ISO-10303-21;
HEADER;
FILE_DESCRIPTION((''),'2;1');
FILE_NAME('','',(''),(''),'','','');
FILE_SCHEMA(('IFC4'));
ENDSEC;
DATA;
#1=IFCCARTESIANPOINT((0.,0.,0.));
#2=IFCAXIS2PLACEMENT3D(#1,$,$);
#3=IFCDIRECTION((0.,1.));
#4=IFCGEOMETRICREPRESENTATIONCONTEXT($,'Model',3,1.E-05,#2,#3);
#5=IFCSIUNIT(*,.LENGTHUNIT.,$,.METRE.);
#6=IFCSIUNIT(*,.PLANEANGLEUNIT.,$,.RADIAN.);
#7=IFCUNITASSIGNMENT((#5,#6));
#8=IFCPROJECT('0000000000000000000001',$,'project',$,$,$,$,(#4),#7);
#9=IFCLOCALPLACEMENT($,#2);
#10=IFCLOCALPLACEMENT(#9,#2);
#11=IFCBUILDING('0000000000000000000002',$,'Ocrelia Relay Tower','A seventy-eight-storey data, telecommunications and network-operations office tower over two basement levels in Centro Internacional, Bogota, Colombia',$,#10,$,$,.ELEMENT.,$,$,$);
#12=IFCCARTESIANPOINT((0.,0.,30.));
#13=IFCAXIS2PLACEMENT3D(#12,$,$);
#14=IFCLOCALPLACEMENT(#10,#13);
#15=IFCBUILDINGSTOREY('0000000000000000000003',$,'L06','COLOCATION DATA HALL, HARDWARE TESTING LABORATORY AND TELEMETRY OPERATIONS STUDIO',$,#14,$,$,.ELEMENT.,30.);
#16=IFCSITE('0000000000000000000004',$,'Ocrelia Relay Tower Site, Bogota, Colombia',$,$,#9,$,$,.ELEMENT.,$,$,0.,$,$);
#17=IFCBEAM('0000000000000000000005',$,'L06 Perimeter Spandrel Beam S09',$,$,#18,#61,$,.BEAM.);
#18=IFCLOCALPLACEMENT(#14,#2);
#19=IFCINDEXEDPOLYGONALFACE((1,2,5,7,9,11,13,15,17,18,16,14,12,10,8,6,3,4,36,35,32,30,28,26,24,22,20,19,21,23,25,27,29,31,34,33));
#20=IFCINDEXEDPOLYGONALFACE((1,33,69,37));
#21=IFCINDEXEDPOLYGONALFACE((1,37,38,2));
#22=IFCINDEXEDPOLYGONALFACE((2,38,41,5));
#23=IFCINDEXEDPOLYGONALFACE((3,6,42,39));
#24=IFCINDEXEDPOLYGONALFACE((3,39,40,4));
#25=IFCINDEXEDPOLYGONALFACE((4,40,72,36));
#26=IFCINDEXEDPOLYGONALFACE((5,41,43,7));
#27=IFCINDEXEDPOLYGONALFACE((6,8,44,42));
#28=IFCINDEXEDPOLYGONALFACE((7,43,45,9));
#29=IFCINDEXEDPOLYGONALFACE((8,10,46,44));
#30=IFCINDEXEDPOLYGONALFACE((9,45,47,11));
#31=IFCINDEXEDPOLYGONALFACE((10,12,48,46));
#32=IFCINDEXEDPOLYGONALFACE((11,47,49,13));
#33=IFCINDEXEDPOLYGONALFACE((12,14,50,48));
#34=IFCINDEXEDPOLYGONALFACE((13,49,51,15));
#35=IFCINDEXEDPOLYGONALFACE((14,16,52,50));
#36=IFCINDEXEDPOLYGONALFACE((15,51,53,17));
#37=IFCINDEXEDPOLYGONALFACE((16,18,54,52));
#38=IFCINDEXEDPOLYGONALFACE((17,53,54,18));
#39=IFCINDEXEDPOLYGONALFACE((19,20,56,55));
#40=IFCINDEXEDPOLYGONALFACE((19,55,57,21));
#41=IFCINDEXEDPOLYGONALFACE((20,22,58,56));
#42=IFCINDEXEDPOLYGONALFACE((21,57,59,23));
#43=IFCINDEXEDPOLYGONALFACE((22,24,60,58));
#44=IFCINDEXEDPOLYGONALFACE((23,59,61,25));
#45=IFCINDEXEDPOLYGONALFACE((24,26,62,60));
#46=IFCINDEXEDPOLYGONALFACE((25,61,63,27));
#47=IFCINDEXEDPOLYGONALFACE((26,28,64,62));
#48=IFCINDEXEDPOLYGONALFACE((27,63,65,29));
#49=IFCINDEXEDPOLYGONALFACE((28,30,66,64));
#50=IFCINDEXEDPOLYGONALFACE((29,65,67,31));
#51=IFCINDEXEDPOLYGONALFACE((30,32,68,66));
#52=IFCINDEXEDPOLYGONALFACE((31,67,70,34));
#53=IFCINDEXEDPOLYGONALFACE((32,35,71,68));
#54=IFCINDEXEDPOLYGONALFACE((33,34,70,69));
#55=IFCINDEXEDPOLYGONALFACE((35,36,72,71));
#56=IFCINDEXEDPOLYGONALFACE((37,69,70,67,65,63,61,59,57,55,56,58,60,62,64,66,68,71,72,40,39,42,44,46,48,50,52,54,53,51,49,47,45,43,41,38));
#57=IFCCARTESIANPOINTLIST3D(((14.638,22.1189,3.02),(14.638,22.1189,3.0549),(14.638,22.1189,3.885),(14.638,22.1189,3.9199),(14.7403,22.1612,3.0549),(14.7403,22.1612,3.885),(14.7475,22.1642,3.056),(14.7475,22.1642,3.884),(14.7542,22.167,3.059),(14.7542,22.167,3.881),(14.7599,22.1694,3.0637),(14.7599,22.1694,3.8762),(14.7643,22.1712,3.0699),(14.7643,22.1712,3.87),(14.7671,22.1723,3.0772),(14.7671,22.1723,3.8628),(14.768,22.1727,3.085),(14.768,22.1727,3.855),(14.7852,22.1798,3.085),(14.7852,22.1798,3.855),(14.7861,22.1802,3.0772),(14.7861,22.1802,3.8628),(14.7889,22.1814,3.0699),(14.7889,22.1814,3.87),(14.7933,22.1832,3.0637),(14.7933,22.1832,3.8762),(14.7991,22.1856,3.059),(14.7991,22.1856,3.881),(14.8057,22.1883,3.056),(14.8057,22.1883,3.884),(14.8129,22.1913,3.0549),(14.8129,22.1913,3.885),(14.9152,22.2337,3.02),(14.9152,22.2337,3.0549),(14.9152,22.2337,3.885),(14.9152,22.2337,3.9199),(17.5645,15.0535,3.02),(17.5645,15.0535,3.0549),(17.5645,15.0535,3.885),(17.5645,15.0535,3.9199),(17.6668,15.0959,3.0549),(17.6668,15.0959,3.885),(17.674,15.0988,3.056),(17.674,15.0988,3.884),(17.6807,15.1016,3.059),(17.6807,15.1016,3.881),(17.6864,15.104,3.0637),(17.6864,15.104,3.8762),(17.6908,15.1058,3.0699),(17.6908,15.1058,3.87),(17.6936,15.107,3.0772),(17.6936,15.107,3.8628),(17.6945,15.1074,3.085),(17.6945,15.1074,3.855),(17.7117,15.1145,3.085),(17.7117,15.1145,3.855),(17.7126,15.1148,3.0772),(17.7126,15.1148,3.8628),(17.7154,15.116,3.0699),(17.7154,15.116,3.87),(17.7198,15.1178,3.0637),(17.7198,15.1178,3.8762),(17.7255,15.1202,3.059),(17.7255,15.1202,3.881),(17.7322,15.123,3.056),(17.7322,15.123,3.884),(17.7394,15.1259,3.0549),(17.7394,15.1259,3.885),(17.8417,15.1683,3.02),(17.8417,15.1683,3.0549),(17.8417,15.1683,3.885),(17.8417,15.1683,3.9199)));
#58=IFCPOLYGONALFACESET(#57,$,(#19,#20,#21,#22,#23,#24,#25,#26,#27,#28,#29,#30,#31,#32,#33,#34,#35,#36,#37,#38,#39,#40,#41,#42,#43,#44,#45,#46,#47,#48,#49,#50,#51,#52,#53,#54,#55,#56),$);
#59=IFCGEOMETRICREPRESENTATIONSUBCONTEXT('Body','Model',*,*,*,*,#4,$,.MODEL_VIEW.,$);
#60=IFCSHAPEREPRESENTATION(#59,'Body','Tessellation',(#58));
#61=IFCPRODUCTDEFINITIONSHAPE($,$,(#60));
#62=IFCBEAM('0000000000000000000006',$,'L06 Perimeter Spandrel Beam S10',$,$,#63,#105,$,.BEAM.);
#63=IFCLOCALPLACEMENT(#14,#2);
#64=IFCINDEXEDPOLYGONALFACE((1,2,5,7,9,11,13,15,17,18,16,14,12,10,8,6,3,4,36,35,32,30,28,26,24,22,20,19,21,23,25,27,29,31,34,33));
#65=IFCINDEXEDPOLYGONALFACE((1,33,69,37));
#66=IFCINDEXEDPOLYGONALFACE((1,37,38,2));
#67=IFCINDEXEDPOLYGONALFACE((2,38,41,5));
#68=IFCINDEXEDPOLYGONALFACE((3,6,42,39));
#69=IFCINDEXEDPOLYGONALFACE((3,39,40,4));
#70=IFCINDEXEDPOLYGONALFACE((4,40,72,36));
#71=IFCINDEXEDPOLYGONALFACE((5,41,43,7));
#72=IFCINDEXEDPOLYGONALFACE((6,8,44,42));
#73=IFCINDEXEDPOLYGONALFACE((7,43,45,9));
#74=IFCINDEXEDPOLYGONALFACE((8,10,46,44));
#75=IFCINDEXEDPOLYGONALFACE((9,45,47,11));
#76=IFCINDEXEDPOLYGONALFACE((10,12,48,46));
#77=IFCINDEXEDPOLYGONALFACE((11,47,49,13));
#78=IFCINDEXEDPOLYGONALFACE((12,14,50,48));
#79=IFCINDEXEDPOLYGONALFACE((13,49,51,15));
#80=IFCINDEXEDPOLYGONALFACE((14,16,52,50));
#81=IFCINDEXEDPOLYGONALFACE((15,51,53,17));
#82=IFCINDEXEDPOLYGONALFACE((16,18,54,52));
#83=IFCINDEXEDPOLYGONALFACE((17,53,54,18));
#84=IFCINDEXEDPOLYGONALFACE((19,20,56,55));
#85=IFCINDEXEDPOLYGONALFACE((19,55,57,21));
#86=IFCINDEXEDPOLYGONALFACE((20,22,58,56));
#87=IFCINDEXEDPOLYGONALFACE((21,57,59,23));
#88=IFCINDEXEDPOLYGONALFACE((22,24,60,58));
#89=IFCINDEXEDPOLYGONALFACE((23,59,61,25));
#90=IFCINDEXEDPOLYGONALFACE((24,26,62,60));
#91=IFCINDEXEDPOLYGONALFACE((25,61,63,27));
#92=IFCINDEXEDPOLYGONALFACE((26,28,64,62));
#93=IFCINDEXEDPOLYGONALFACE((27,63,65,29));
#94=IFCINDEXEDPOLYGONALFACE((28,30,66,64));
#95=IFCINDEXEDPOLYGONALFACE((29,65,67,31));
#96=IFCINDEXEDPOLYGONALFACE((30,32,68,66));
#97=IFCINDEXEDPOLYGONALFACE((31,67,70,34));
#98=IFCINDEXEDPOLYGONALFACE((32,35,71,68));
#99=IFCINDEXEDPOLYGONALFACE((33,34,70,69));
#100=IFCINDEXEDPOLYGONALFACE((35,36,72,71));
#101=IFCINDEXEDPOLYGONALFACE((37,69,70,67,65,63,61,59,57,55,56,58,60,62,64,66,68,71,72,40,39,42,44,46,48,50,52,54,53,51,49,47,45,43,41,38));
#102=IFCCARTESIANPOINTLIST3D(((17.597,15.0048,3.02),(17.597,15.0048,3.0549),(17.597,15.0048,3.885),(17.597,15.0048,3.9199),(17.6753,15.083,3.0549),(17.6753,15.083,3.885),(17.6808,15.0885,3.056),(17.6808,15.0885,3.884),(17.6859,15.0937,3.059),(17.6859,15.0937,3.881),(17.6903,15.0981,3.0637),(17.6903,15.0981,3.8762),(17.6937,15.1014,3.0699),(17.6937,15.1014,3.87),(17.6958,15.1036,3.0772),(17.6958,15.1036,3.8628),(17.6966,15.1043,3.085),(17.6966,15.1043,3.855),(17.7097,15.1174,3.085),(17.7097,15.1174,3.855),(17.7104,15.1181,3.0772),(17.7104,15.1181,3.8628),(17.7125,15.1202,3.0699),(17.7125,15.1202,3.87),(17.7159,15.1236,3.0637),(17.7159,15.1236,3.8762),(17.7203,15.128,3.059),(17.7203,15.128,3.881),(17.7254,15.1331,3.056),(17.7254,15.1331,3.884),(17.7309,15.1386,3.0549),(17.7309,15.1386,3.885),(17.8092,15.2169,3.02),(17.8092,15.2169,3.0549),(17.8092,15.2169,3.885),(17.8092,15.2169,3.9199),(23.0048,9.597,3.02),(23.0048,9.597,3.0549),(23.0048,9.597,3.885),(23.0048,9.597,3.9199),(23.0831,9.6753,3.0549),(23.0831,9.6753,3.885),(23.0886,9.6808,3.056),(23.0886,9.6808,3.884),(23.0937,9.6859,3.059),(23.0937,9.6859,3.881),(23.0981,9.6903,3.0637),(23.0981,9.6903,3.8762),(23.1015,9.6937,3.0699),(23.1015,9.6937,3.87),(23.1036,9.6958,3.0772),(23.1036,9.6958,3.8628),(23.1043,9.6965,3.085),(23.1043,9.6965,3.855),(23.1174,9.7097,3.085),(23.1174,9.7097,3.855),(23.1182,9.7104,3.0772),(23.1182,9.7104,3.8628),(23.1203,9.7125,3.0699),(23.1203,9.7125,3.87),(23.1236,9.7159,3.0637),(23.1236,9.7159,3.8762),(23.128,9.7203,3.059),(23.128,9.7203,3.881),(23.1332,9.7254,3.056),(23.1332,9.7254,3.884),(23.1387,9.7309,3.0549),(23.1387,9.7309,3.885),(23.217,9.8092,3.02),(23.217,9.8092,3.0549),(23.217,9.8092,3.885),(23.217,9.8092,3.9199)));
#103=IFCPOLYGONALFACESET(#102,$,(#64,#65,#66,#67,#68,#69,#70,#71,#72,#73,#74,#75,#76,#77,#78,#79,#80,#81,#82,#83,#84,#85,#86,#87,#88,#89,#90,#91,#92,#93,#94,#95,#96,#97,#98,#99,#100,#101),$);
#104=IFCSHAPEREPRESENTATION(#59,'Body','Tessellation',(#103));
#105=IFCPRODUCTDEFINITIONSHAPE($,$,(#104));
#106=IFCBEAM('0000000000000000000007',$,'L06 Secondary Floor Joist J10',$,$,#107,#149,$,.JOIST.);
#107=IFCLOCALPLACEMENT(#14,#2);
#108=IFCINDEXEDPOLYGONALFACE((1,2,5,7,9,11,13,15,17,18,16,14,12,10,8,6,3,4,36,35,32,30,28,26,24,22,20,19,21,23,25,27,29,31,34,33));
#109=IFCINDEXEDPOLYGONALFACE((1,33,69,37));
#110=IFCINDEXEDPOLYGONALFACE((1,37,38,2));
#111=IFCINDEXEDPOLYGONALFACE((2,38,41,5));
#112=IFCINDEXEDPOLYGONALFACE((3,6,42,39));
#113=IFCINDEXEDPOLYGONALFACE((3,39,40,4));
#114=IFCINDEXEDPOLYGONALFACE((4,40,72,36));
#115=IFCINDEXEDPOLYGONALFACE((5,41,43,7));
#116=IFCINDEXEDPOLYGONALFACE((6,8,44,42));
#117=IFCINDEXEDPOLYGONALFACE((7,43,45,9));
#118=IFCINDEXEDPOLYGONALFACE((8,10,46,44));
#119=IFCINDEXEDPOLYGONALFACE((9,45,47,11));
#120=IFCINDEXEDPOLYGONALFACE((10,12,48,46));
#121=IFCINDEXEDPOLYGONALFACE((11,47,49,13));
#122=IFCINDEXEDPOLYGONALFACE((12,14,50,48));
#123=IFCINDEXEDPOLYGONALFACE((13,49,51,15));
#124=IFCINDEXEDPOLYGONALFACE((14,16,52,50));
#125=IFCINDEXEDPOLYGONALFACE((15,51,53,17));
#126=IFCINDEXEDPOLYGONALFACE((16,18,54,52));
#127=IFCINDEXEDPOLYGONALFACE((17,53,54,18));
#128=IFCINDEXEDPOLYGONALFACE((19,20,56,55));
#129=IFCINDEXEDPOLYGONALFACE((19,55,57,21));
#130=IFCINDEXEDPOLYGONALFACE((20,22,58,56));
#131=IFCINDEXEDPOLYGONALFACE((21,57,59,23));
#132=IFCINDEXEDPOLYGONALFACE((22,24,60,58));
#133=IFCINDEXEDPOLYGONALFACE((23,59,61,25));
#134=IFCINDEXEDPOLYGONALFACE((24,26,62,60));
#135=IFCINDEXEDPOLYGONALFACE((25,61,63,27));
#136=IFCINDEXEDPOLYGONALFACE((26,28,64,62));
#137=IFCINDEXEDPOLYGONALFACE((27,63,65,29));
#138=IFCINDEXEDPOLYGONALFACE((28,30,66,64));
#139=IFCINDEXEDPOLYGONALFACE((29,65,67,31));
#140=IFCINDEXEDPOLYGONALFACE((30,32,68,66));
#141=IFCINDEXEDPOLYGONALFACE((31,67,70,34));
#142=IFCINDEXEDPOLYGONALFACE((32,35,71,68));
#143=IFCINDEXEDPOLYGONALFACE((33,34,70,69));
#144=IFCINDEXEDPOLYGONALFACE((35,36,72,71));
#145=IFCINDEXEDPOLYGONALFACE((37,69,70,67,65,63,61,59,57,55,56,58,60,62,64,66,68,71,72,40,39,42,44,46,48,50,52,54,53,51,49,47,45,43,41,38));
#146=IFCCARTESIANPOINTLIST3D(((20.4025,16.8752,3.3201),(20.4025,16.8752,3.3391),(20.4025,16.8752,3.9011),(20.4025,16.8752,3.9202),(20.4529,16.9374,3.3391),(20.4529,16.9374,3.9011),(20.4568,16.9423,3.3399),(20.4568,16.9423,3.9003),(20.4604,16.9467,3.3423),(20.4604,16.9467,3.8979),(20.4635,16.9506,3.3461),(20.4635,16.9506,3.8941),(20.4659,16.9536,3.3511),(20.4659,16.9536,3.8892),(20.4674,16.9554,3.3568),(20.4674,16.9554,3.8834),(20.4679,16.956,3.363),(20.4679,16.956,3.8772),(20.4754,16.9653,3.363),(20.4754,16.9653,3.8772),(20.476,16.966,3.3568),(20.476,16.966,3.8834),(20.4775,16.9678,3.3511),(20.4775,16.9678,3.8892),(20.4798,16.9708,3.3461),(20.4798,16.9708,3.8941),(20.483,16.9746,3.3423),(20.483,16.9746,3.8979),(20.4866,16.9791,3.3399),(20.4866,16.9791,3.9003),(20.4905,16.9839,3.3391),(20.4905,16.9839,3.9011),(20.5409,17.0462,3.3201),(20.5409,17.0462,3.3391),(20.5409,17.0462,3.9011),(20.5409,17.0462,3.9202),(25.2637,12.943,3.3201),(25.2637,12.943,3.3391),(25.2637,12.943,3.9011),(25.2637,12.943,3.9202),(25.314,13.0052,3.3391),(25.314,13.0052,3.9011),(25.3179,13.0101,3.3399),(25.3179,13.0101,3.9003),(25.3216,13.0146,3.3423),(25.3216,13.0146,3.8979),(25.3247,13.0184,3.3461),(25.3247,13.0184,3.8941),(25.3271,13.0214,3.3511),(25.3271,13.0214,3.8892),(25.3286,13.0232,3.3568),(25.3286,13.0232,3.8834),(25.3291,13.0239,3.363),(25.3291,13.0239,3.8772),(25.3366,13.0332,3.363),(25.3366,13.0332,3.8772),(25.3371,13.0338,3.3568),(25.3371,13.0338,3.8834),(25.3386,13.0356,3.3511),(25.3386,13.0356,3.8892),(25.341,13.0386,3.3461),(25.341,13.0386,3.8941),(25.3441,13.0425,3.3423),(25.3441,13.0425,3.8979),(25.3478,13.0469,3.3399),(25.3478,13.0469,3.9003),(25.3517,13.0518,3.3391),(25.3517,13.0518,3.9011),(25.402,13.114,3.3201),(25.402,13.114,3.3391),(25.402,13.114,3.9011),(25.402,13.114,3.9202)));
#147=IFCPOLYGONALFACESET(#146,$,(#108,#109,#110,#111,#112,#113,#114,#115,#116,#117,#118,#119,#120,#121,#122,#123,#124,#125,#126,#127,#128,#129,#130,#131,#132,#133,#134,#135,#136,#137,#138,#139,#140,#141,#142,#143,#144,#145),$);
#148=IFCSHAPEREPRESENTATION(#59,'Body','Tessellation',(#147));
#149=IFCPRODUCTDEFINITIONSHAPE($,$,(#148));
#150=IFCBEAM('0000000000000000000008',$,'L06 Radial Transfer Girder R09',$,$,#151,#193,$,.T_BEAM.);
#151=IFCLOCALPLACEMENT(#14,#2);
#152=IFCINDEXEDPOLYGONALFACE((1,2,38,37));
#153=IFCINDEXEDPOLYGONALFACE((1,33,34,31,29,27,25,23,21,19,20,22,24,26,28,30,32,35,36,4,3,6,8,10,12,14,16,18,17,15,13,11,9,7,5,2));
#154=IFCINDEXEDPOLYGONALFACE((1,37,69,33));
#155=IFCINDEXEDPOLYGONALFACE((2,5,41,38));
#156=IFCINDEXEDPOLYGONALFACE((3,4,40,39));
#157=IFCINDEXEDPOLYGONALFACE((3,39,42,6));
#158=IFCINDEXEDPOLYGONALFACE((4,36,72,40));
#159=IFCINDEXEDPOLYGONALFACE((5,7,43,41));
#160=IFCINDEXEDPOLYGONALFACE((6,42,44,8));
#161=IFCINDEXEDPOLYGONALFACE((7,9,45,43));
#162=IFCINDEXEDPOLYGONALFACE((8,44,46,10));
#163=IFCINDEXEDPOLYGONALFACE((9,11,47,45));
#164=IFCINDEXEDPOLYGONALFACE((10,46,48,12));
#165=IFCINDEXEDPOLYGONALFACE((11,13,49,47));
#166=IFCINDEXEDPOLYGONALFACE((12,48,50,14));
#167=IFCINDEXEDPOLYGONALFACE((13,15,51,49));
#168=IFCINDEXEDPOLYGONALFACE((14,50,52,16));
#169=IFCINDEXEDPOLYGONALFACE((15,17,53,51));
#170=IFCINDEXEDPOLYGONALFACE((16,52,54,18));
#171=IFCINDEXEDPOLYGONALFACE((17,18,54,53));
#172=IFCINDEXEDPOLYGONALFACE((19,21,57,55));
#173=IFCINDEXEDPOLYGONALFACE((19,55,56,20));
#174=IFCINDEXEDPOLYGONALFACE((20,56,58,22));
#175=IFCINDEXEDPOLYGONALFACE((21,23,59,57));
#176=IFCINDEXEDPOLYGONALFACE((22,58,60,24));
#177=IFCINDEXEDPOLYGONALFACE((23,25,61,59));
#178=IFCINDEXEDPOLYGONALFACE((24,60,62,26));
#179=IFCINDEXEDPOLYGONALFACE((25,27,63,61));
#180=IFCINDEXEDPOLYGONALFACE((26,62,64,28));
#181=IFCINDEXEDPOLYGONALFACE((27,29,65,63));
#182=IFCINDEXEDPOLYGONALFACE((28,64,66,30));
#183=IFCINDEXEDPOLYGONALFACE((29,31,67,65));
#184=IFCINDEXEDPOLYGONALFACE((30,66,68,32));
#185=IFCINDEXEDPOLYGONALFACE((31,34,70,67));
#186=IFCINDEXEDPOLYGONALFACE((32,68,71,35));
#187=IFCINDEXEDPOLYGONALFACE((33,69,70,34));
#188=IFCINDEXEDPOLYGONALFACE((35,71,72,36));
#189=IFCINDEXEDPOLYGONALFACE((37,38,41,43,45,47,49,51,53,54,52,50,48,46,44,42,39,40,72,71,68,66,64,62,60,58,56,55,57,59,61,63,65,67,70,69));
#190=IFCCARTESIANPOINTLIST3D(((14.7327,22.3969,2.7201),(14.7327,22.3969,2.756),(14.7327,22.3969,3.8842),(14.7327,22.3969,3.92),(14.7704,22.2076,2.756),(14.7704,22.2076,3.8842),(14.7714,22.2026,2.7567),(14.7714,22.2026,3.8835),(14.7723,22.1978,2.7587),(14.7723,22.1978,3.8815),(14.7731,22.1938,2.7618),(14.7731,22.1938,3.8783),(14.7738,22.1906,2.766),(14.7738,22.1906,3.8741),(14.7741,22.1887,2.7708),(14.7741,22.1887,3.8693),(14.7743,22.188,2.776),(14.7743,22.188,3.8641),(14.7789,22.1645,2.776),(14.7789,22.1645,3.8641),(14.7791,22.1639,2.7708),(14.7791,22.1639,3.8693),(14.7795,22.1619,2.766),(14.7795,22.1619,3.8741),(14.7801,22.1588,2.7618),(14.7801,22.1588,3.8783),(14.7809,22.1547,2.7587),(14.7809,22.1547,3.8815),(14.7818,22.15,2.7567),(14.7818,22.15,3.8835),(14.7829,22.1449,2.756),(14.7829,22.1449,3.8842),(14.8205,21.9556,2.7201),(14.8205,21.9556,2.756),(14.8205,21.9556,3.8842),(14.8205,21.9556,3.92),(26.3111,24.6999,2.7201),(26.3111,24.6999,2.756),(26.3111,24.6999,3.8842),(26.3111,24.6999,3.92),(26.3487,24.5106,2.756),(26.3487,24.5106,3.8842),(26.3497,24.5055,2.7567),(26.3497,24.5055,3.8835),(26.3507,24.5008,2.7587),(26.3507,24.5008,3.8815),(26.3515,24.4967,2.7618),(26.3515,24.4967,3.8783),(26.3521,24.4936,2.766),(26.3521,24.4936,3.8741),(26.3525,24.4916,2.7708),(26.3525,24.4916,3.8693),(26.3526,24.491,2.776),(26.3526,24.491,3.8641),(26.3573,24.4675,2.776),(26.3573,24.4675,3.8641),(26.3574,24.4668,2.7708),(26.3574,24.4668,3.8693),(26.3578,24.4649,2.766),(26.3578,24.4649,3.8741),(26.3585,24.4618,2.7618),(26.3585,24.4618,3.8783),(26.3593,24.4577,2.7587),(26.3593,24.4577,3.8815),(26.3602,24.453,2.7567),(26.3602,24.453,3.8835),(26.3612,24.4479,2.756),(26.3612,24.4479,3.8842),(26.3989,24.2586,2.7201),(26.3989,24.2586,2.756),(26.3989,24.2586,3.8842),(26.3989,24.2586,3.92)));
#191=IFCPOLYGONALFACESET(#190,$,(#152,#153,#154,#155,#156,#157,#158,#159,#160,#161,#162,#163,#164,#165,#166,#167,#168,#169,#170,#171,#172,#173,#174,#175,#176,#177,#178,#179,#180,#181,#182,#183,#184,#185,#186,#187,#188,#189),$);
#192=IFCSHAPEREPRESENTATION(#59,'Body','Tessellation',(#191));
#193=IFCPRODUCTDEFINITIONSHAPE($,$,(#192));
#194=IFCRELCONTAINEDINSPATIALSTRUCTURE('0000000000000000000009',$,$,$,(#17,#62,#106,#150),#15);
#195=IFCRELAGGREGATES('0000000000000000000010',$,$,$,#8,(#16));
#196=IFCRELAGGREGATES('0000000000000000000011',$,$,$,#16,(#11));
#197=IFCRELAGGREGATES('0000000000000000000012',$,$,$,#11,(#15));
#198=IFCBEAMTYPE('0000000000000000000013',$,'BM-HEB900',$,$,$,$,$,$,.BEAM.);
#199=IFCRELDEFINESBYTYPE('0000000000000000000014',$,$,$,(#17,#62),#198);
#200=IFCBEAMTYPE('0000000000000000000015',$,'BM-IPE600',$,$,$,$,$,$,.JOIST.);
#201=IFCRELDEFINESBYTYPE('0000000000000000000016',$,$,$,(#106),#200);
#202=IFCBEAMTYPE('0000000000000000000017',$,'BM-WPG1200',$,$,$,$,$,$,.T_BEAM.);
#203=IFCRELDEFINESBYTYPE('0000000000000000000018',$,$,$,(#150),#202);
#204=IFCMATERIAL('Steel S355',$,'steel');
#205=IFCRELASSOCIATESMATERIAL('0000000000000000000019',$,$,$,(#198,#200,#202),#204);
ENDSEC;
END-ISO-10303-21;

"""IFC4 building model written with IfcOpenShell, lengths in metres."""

from ifc_helpers import new_model, si_unit, direction, frame, origin, origin_2d, place, context, subcontext, project, spatial, i_section, extrude, material, material_profile, profile_set, type_object, element, save


model = new_model("IFC4")

# Units and contexts
model_context = context("Model", 3, precision=1e-05, world=origin(), true_north=direction((0.0, 1.0)))
body_context = subcontext(model_context, "Body", "Model", "MODEL_VIEW")
ifc_project = project(units=[si_unit("LENGTHUNIT", "METRE"), si_unit("PLANEANGLEUNIT", "RADIAN")], contexts=[model_context])

# Site, building, storey
site_placement = place(None, origin())
site = spatial("IfcSite", under=ifc_project, at=site_placement, Name="Ocrelia Relay Tower Site, Bogota, Colombia", CompositionType="ELEMENT", RefElevation=0.0)
building_placement = place(site_placement, origin())
building = spatial("IfcBuilding", under=site, at=building_placement, Name="Ocrelia Relay Tower", Description="A seventy-eight-storey data, telecommunications and network-operations office tower over two basement levels in Centro Internacional, Bogota, Colombia", CompositionType="ELEMENT")
storey_placement = place(building_placement, frame((0.0, 0.0, 30.0)))
storey = spatial("IfcBuildingStorey", under=building, at=storey_placement, Name="L06", Description="COLOCATION DATA HALL, HARDWARE TESTING LABORATORY AND TELEMETRY OPERATIONS STUDIO", CompositionType="ELEMENT", Elevation=30.0)

# Beams
ifc_material_1 = material(Name="Steel S355", Category="steel")
ifc_material_profile_1 = material_profile(ifc_material_1, i_section(OverallWidth=0.3, OverallDepth=0.8999, WebThickness=0.0186, FlangeThickness=0.0349, FilletRadius=0.03, at=origin_2d()), Name="HEB 900")
ifc_profile_set_1 = profile_set([ifc_material_profile_1], Name="Steel S355")
beam_type_1 = type_object("IfcBeamType", Name="BM-HEB900", PredefinedType="BEAM", material=ifc_profile_set_1)
beam_1_placement = place(storey_placement, frame((14.7766, 22.1763, 3.47), z_axis=(0.382674, -0.923883, 0.0), x_axis=(0.923883, 0.382674, 0.0)))
element("IfcBeam", 1, at=beam_1_placement, inside=storey, type_object=beam_type_1, Name="L06 Perimeter Spandrel Beam S09", PredefinedType="BEAM", context=body_context, shape_type="SweptSolid", body=[
    extrude(i_section(OverallWidth=0.3, OverallDepth=0.8999, WebThickness=0.0186, FlangeThickness=0.0349, FilletRadius=0.03, at=origin_2d()), origin(), (0.0, 0.0, 1.0), 7.6475),
])
beam_2_placement = place(storey_placement, frame((17.7031, 15.1108, 3.47), z_axis=(0.707107, -0.707107, 0.0), x_axis=(0.707107, 0.707107, 0.0)))
element("IfcBeam", 2, at=beam_2_placement, inside=storey, type_object=beam_type_1, Name="L06 Perimeter Spandrel Beam S10", PredefinedType="BEAM", context=body_context, shape_type="SweptSolid", body=[
    extrude(i_section(OverallWidth=0.3, OverallDepth=0.8999, WebThickness=0.0186, FlangeThickness=0.0349, FilletRadius=0.03, at=origin_2d()), origin(), (0.0, 0.0, 1.0), 7.6477),
])
ifc_material_profile_2 = material_profile(ifc_material_1, i_section(OverallWidth=0.22, OverallDepth=0.6001, WebThickness=0.012, FlangeThickness=0.019, FilletRadius=0.0239, at=origin_2d()), Name="IPE 600")
ifc_profile_set_2 = profile_set([ifc_material_profile_2], Name="Steel S355")
beam_type_2 = type_object("IfcBeamType", Name="BM-IPE600", PredefinedType="JOIST", material=ifc_profile_set_2)
beam_3_placement = place(storey_placement, frame((20.4717, 16.9607, 3.6201), z_axis=(0.777482, -0.628905, 0.0), x_axis=(0.628905, 0.777482, 0.0)))
element("IfcBeam", 3, at=beam_3_placement, inside=storey, type_object=beam_type_2, Name="L06 Secondary Floor Joist J10", PredefinedType="JOIST", context=body_context, shape_type="SweptSolid", body=[
    extrude(i_section(OverallWidth=0.22, OverallDepth=0.6001, WebThickness=0.012, FlangeThickness=0.019, FilletRadius=0.0239, at=origin_2d()), origin(), (0.0, 0.0, 1.0), 6.2524),
])
ifc_material_profile_3 = material_profile(ifc_material_1, i_section(OverallWidth=0.45, OverallDepth=1.2, WebThickness=0.0239, FlangeThickness=0.0359, FilletRadius=0.02, at=origin_2d()), Name="WPG 1200x450")
ifc_profile_set_3 = profile_set([ifc_material_profile_3], Name="Steel S355")
beam_type_3 = type_object("IfcBeamType", Name="BM-WPG1200", PredefinedType="T_BEAM", material=ifc_profile_set_3)
beam_4_placement = place(storey_placement, frame((14.7766, 22.1763, 3.3201), z_axis=(0.980787, 0.195082, 0.0), x_axis=(-0.195082, 0.980787, 0.0)))
element("IfcBeam", 4, at=beam_4_placement, inside=storey, type_object=beam_type_3, Name="L06 Radial Transfer Girder R09", PredefinedType="T_BEAM", context=body_context, shape_type="SweptSolid", body=[
    extrude(i_section(OverallWidth=0.45, OverallDepth=1.2, WebThickness=0.0239, FlangeThickness=0.0359, FilletRadius=0.02, at=origin_2d()), origin(), (0.0, 0.0, 1.0), 11.8052),
])

save(model, "model.ifc")
